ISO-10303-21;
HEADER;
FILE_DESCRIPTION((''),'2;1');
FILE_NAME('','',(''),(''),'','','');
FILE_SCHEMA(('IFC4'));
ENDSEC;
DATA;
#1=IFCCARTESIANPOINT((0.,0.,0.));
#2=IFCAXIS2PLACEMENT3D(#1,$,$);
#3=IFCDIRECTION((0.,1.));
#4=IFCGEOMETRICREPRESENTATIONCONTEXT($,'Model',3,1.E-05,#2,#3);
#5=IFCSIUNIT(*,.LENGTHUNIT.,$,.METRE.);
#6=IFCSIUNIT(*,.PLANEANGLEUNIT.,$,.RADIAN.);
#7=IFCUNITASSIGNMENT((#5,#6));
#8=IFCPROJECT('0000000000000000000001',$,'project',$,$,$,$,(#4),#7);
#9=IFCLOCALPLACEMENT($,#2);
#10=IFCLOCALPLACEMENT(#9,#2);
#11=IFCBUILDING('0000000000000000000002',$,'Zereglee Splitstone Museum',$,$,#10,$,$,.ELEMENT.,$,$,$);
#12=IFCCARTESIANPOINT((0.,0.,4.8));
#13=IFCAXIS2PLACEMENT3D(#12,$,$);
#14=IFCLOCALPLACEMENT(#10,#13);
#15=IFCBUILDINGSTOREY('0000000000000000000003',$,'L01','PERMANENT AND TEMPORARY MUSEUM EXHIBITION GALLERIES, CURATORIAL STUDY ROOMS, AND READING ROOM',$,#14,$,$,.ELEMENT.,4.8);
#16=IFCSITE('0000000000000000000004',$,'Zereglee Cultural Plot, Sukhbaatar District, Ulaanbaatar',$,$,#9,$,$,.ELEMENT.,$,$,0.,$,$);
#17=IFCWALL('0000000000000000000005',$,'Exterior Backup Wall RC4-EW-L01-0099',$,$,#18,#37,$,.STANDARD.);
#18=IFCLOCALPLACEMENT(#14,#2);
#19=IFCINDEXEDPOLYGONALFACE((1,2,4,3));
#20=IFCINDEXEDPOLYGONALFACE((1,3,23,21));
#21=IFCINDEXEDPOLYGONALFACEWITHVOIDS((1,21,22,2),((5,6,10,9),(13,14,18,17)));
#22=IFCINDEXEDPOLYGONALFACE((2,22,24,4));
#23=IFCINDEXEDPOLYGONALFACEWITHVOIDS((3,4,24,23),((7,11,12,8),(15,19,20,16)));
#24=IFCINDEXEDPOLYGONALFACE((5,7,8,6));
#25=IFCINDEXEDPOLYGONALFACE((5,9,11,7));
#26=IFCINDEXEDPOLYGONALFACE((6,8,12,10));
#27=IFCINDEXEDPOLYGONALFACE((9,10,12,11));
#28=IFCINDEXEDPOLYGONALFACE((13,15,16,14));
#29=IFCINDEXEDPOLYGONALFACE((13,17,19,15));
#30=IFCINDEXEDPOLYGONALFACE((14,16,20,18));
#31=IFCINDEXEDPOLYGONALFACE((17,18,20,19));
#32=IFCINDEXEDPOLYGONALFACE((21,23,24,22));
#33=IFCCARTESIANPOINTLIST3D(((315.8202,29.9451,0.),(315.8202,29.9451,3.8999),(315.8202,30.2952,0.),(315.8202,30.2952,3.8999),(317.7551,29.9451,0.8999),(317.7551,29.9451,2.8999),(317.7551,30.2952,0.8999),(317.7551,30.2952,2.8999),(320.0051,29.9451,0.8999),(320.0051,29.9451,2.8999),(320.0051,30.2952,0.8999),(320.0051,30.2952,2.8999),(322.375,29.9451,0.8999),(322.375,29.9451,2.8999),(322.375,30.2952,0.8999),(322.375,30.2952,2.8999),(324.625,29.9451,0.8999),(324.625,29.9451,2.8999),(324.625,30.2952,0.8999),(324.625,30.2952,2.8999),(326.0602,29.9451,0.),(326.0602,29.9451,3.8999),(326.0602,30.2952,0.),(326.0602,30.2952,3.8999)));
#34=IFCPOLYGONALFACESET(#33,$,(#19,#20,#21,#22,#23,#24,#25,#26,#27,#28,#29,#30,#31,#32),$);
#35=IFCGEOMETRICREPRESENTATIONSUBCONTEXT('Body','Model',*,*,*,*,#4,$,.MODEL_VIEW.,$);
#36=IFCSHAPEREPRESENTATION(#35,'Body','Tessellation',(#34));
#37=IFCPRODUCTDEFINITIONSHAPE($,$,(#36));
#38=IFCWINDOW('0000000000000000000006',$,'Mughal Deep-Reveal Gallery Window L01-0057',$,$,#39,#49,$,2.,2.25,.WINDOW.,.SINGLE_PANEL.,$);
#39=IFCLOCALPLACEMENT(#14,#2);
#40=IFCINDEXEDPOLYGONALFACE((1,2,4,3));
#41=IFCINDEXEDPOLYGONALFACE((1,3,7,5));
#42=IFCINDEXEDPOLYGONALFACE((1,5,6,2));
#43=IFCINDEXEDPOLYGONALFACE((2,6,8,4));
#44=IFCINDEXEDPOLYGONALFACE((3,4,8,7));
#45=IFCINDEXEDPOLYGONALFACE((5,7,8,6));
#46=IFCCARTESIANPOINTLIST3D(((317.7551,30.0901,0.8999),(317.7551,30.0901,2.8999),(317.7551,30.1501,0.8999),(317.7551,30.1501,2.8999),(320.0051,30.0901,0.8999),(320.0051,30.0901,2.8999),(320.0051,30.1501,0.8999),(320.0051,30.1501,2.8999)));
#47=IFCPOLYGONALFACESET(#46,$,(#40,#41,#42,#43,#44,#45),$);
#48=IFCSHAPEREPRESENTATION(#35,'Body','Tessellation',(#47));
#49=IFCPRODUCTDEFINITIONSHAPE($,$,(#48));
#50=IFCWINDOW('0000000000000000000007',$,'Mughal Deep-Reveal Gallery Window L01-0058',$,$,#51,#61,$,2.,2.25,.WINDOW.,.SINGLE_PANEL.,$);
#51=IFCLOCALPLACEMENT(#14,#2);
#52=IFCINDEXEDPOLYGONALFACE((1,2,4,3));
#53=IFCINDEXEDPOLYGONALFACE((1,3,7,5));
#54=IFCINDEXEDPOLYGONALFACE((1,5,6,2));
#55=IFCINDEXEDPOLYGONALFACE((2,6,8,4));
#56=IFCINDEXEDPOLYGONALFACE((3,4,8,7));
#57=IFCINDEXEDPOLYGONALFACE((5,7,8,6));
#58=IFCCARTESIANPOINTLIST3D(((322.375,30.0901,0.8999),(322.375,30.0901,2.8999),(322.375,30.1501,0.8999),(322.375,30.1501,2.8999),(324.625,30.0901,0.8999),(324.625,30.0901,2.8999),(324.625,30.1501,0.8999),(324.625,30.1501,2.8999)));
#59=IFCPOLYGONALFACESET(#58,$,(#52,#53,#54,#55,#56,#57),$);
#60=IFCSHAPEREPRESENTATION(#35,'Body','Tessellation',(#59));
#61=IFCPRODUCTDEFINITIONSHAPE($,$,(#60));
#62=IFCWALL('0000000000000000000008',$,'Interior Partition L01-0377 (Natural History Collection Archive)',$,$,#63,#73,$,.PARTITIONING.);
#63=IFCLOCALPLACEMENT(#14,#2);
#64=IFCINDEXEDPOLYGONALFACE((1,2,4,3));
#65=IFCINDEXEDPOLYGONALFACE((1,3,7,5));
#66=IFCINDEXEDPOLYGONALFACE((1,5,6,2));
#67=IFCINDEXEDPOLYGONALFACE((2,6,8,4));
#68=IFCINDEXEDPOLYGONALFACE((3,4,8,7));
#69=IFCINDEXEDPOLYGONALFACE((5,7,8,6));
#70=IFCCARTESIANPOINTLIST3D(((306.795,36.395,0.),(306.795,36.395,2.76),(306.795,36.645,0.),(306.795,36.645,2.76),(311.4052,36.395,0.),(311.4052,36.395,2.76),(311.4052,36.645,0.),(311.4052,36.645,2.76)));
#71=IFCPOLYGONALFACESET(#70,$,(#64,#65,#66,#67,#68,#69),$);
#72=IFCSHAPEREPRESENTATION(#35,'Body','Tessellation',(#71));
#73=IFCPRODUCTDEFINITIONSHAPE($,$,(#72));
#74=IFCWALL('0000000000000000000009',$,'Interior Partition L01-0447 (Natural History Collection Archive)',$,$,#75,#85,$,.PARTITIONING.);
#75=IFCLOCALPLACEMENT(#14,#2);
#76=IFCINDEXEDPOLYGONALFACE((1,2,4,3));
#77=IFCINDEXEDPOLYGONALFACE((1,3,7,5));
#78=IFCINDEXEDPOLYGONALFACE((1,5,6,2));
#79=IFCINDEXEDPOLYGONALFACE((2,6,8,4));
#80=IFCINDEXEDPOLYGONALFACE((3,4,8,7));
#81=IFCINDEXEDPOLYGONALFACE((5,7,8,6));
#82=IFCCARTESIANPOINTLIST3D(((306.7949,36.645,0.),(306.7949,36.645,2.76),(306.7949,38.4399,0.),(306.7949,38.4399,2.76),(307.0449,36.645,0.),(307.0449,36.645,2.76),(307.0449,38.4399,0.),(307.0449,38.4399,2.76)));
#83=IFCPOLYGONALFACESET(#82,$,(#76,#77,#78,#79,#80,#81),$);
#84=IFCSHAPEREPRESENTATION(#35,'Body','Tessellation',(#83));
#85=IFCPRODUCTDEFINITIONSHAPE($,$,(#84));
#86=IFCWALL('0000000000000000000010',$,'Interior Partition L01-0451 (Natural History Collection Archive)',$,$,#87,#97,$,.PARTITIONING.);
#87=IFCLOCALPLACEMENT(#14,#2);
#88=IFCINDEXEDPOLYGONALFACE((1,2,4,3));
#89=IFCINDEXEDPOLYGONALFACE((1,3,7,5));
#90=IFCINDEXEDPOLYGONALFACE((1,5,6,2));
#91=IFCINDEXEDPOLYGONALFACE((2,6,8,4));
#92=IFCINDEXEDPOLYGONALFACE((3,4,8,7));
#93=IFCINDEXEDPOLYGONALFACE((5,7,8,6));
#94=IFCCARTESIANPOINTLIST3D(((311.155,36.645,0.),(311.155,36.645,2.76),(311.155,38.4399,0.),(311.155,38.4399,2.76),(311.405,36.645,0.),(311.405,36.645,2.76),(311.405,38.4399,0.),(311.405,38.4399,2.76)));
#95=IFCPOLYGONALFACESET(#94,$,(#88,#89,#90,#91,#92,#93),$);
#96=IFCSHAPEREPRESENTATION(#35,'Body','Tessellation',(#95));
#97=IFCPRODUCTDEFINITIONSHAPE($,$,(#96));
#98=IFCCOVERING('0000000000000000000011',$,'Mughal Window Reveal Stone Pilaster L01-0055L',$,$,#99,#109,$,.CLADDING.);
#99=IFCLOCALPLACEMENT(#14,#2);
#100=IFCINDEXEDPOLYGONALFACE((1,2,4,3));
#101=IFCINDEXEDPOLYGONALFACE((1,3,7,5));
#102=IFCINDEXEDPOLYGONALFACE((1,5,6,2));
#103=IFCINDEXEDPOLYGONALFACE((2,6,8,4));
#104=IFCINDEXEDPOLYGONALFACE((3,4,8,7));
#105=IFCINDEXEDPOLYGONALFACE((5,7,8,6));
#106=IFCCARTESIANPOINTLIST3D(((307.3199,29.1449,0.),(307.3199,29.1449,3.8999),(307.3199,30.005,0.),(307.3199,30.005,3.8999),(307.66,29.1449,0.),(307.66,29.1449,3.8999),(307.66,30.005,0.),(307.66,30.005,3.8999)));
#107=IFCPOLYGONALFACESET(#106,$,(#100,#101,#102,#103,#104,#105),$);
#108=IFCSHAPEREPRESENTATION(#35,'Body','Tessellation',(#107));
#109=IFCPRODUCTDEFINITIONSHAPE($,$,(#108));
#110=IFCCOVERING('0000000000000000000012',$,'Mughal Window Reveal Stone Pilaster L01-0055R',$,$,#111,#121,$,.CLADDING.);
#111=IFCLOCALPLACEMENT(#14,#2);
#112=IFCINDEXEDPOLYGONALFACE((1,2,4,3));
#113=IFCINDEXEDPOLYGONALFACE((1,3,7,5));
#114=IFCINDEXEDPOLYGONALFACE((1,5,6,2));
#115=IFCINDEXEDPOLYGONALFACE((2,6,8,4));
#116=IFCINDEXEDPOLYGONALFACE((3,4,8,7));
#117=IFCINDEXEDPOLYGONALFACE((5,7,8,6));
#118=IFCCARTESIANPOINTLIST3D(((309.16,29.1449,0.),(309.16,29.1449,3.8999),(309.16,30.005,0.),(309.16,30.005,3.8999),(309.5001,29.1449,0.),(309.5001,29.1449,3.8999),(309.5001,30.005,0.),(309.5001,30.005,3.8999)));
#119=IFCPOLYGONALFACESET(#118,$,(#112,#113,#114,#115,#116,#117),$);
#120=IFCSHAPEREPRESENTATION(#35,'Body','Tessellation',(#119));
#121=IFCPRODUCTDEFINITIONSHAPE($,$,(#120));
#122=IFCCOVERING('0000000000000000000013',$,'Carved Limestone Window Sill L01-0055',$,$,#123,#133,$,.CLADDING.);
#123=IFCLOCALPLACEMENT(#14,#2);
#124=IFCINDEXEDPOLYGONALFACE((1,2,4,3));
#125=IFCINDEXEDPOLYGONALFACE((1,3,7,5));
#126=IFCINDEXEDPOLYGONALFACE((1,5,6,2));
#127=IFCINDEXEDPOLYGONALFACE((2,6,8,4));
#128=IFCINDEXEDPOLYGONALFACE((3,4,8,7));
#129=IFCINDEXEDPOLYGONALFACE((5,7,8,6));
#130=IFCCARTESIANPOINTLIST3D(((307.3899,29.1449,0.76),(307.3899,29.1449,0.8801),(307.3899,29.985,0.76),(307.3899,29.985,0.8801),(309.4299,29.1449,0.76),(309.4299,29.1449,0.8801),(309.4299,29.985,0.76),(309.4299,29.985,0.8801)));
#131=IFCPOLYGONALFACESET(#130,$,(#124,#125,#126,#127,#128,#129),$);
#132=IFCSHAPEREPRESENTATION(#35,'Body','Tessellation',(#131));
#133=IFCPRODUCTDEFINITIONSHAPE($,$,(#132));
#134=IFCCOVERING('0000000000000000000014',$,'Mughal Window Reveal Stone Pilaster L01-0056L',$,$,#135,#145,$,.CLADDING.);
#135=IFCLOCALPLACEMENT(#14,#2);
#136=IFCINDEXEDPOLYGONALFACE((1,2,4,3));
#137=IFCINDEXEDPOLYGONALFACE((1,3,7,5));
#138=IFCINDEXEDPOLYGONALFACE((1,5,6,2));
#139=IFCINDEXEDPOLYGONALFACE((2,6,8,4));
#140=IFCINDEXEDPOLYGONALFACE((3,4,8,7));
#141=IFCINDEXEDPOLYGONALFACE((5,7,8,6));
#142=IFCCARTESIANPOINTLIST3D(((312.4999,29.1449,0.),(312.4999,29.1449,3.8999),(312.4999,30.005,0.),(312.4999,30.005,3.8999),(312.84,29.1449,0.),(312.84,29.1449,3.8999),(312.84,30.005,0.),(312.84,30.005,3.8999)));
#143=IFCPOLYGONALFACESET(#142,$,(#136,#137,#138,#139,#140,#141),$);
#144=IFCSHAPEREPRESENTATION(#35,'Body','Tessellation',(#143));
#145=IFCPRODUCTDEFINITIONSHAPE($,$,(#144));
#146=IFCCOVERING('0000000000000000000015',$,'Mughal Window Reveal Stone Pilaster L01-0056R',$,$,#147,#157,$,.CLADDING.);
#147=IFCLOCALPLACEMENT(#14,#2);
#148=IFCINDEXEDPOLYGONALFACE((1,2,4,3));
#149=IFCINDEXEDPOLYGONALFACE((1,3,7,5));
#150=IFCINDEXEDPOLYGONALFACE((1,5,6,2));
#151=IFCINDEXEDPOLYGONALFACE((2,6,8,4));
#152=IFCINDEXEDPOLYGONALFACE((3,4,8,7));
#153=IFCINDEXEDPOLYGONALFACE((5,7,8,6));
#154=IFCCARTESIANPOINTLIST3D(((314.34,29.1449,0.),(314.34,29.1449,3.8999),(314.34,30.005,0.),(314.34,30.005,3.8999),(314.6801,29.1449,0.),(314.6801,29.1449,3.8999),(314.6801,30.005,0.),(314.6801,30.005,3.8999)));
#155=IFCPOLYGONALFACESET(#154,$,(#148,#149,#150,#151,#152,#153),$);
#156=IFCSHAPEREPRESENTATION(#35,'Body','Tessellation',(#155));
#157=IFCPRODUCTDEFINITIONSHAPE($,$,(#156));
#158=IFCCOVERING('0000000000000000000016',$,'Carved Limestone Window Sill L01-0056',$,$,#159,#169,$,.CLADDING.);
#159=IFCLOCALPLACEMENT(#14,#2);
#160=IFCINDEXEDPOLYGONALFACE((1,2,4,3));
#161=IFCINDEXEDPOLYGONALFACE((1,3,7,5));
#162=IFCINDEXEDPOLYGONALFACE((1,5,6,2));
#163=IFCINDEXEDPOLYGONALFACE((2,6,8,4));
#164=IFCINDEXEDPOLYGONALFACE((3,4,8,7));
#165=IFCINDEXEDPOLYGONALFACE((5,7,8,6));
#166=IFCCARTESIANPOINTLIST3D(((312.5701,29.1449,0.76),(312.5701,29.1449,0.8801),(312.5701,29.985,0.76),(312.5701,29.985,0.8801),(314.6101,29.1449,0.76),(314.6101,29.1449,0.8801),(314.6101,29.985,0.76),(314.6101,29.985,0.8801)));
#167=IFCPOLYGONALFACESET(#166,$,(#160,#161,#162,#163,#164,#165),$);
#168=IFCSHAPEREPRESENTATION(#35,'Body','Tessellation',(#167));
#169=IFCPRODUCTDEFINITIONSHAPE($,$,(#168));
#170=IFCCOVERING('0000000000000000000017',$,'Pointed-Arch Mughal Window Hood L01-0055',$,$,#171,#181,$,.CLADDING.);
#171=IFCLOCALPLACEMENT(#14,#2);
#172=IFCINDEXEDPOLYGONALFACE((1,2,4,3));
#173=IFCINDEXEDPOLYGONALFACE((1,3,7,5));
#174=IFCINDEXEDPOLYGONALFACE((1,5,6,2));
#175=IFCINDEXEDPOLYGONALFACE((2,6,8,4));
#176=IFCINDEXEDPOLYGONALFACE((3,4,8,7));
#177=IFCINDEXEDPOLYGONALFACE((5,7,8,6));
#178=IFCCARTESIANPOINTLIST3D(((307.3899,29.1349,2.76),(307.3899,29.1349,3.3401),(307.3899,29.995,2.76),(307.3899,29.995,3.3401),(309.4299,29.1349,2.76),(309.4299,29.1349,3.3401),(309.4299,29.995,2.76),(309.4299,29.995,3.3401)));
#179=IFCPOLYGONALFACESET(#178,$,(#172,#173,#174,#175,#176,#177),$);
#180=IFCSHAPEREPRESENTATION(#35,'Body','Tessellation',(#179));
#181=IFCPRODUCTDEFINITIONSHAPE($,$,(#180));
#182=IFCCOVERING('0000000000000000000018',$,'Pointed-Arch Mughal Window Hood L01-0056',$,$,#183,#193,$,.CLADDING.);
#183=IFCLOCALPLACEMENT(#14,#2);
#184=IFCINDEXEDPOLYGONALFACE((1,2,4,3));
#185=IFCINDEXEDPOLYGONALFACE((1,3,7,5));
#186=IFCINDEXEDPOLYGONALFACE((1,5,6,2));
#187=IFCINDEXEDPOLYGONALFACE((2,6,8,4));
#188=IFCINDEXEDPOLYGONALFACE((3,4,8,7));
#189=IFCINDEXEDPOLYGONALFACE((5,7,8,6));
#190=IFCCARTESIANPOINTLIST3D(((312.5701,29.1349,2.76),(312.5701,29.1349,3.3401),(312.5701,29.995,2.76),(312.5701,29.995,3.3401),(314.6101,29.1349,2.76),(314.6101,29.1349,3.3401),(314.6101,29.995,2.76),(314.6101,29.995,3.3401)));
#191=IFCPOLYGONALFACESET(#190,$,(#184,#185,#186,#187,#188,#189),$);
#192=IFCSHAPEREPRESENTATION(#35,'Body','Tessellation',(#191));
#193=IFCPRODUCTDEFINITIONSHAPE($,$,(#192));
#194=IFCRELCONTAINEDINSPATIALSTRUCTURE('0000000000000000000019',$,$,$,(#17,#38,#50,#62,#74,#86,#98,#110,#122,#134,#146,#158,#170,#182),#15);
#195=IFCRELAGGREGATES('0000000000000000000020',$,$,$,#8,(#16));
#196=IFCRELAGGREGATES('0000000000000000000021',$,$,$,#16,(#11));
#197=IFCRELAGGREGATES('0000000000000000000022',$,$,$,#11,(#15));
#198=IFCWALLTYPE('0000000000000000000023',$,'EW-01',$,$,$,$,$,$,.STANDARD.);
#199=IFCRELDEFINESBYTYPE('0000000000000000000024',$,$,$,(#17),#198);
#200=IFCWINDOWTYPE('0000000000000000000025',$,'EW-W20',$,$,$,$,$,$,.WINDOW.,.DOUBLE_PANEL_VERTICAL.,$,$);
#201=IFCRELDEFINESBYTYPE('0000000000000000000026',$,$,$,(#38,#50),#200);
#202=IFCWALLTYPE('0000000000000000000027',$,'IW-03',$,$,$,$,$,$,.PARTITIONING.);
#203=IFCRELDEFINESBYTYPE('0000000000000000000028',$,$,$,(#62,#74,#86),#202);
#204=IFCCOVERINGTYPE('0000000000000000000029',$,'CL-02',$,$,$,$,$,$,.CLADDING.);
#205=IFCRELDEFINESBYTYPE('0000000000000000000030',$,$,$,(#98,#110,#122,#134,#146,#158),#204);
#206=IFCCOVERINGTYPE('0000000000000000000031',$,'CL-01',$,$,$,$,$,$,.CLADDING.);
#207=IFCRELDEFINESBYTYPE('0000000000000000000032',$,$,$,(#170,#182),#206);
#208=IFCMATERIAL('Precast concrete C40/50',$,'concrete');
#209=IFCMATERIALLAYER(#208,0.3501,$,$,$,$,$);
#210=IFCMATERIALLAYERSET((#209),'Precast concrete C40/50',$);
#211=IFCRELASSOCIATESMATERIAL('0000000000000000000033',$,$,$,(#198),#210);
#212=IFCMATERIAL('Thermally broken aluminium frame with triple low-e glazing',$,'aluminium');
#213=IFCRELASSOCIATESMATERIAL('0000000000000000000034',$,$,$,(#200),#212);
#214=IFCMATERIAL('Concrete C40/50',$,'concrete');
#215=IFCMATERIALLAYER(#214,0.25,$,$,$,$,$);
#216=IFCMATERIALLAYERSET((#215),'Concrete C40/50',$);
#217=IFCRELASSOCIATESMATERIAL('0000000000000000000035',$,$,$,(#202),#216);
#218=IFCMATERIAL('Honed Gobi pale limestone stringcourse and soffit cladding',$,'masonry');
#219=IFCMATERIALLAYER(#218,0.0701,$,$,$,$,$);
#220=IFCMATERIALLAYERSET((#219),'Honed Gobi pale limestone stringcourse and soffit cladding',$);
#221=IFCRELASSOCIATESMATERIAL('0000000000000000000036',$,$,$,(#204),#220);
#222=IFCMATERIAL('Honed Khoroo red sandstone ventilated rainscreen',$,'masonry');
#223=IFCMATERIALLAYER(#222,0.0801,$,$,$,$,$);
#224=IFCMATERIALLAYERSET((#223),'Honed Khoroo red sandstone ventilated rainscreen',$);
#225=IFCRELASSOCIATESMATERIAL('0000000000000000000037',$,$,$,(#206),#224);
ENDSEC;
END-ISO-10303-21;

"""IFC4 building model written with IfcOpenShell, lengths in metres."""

from ifc_helpers import new_model, si_unit, direction, frame, frame_2d, origin, origin_2d, place, context, subcontext, project, spatial, rectangle, extrude, material, layer, layer_set, type_object, element, fill, save


model = new_model("IFC4")

# Units and contexts
model_context = context("Model", 3, precision=1e-05, world=origin(), true_north=direction((0.0, 1.0)))
body_context = subcontext(model_context, "Body", "Model", "MODEL_VIEW")
ifc_project = project(units=[si_unit("LENGTHUNIT", "METRE"), si_unit("PLANEANGLEUNIT", "RADIAN")], contexts=[model_context])

# Site, building, storey
site_placement = place(None, origin())
site = spatial("IfcSite", under=ifc_project, at=site_placement, Name="Zereglee Cultural Plot, Sukhbaatar District, Ulaanbaatar", CompositionType="ELEMENT", RefElevation=0.0)
building_placement = place(site_placement, origin())
building = spatial("IfcBuilding", under=site, at=building_placement, Name="Zereglee Splitstone Museum", CompositionType="ELEMENT")
storey_placement = place(building_placement, frame((0.0, 0.0, 4.8)))
storey = spatial("IfcBuildingStorey", under=building, at=storey_placement, Name="L01", Description="PERMANENT AND TEMPORARY MUSEUM EXHIBITION GALLERIES, CURATORIAL STUDY ROOMS, AND READING ROOM", CompositionType="ELEMENT", Elevation=4.8)

# Wall, openings, windows
ifc_material_1 = material(Name="Precast concrete C40/50", Category="concrete")
ifc_layer_1 = layer(ifc_material_1, 0.3501)
ifc_layer_set_1 = layer_set([ifc_layer_1], Name="Precast concrete C40/50")
wall_type_1 = type_object("IfcWallType", Name="EW-01", PredefinedType="STANDARD", material=ifc_layer_set_1)
wall_1_placement = place(storey_placement, frame((315.8201, 30.1201, 0.0), z_axis=(0.0, 0.0, 1.0), x_axis=(1.0, 0.0, 0.0)))
wall_1 = element("IfcWall", 1, at=wall_1_placement, inside=storey, type_object=wall_type_1, Name="Exterior Backup Wall RC4-EW-L01-0099", PredefinedType="STANDARD", context=body_context, shape_type="SweptSolid", body=[
    extrude(rectangle(XDim=10.24, YDim=0.3501, at=frame_2d((5.1201, 0.0))), origin(), (0.0, 0.0, 1.0), 3.8999),
])
opening_1_placement = place(wall_1_placement, frame((1.9351, 0.0, 0.8999)))
opening_1 = element("IfcOpeningElement", 2, at=opening_1_placement, cuts=wall_1, PredefinedType="OPENING", context=body_context, shape_type="SweptSolid", body=[
    extrude(rectangle(XDim=2.25, YDim=2.0, at=frame_2d((1.125, 1.0))), frame((0.0, 0.1899, 0.0), z_axis=(0.0, -1.0, 0.0), x_axis=(1.0, 0.0, 0.0)), (0.0, 0.0, 1.0), 0.3799),
])
opening_2_placement = place(wall_1_placement, frame((6.5549, 0.0, 0.8999)))
opening_2 = element("IfcOpeningElement", 3, at=opening_2_placement, cuts=wall_1, PredefinedType="OPENING", context=body_context, shape_type="SweptSolid", body=[
    extrude(rectangle(XDim=2.25, YDim=2.0, at=frame_2d((1.125, 1.0))), frame((0.0, 0.1899, 0.0), z_axis=(0.0, -1.0, 0.0), x_axis=(1.0, 0.0, 0.0)), (0.0, 0.0, 1.0), 0.3799),
])
ifc_material_2 = material(Name="Thermally broken aluminium frame with triple low-e glazing", Category="aluminium")
window_type = type_object("IfcWindowType", Name="EW-W20", PartitioningType="DOUBLE_PANEL_VERTICAL", PredefinedType="WINDOW", material=ifc_material_2)
window_1_placement = place(opening_1_placement, origin())
window_1 = element("IfcWindow", 4, at=window_1_placement, inside=storey, type_object=window_type, Name="Mughal Deep-Reveal Gallery Window L01-0057", OverallHeight=2.0, OverallWidth=2.25, PartitioningType="SINGLE_PANEL", PredefinedType="WINDOW", context=body_context, shape_type="SweptSolid", body=[
    extrude(rectangle(XDim=2.25, YDim=2.0, at=frame_2d((1.125, 1.0))), frame((0.0, 0.03, 0.0), z_axis=(0.0, -1.0, 0.0), x_axis=(1.0, 0.0, 0.0)), (0.0, 0.0, 1.0), 0.0601),
])
fill(opening_1, window_1)
window_2_placement = place(opening_2_placement, origin())
window_2 = element("IfcWindow", 5, at=window_2_placement, inside=storey, type_object=window_type, Name="Mughal Deep-Reveal Gallery Window L01-0058", OverallHeight=2.0, OverallWidth=2.25, PartitioningType="SINGLE_PANEL", PredefinedType="WINDOW", context=body_context, shape_type="SweptSolid", body=[
    extrude(rectangle(XDim=2.25, YDim=2.0, at=frame_2d((1.125, 1.0))), frame((0.0, 0.03, 0.0), z_axis=(0.0, -1.0, 0.0), x_axis=(1.0, 0.0, 0.0)), (0.0, 0.0, 1.0), 0.0601),
])
fill(opening_2, window_2)

# Walls
ifc_material_3 = material(Name="Concrete C40/50", Category="concrete")
ifc_layer_2 = layer(ifc_material_3, 0.25)
ifc_layer_set_2 = layer_set([ifc_layer_2], Name="Concrete C40/50")
wall_type_2 = type_object("IfcWallType", Name="IW-03", PredefinedType="PARTITIONING", material=ifc_layer_set_2)
wall_2_placement = place(storey_placement, frame((306.7949, 36.52, 0.0), z_axis=(0.0, 0.0, 1.0), x_axis=(1.0, 0.0, 0.0)))
element("IfcWall", 6, at=wall_2_placement, inside=storey, type_object=wall_type_2, Name="Interior Partition L01-0377 (Natural History Collection Archive)", PredefinedType="PARTITIONING", context=body_context, shape_type="SweptSolid", body=[
    extrude(rectangle(XDim=4.6101, YDim=0.25, at=frame_2d((2.3052, 0.0))), origin(), (0.0, 0.0, 1.0), 2.76),
])
for number, where, z_axis, x_axis, name in (
    (7, (306.9199, 36.645, 0.0), (0.0, 0.0, 1.0), (0.0, 1.0, 0.0), "Interior Partition L01-0447 (Natural History Collection Archive)"),
    (8, (311.28, 36.645, 0.0), (0.0, 0.0, 1.0), (0.0, 1.0, 0.0), "Interior Partition L01-0451 (Natural History Collection Archive)"),
):
    element("IfcWall", number, at=place(storey_placement, frame(where, z_axis=z_axis, x_axis=x_axis)), inside=storey, type_object=wall_type_2, Name=name, PredefinedType="PARTITIONING", context=body_context, shape_type="SweptSolid", body=[
        extrude(rectangle(XDim=1.7949, YDim=0.25, at=frame_2d((0.8975, 0.0))), origin(), (0.0, 0.0, 1.0), 2.76),
    ])

# Coverings
ifc_material_4 = material(Name="Honed Gobi pale limestone stringcourse and soffit cladding", Category="masonry")
ifc_layer_3 = layer(ifc_material_4, 0.0701)
ifc_layer_set_3 = layer_set([ifc_layer_3], Name="Honed Gobi pale limestone stringcourse and soffit cladding")
covering_type_1 = type_object("IfcCoveringType", Name="CL-02", PredefinedType="CLADDING", material=ifc_layer_set_3)
for number, where, z_axis, x_axis, name in (
    (9, (307.49, 29.575, 0.0), (0.0, 0.0, 1.0), (1.0, 0.0, 0.0), "Mughal Window Reveal Stone Pilaster L01-0055L"),
    (10, (309.3301, 29.575, 0.0), (0.0, 0.0, 1.0), (1.0, 0.0, 0.0), "Mughal Window Reveal Stone Pilaster L01-0055R"),
):
    element("IfcCovering", number, at=place(storey_placement, frame(where, z_axis=z_axis, x_axis=x_axis)), inside=storey, type_object=covering_type_1, Name=name, PredefinedType="CLADDING", context=body_context, shape_type="SweptSolid", body=[
        extrude(rectangle(XDim=0.3401, YDim=0.8601, at=origin_2d()), origin(), (0.0, 0.0, 1.0), 3.8999),
    ])
covering_1_placement = place(storey_placement, frame((308.4099, 29.5649, 0.76), z_axis=(0.0, 0.0, 1.0), x_axis=(1.0, 0.0, 0.0)))
element("IfcCovering", 11, at=covering_1_placement, inside=storey, type_object=covering_type_1, Name="Carved Limestone Window Sill L01-0055", PredefinedType="CLADDING", context=body_context, shape_type="SweptSolid", body=[
    extrude(rectangle(XDim=2.04, YDim=0.8401, at=origin_2d()), origin(), (0.0, 0.0, 1.0), 0.1201),
])
for number, where, z_axis, x_axis, name in (
    (12, (312.6699, 29.575, 0.0), (0.0, 0.0, 1.0), (1.0, 0.0, 0.0), "Mughal Window Reveal Stone Pilaster L01-0056L"),
    (13, (314.51, 29.575, 0.0), (0.0, 0.0, 1.0), (1.0, 0.0, 0.0), "Mughal Window Reveal Stone Pilaster L01-0056R"),
):
    element("IfcCovering", number, at=place(storey_placement, frame(where, z_axis=z_axis, x_axis=x_axis)), inside=storey, type_object=covering_type_1, Name=name, PredefinedType="CLADDING", context=body_context, shape_type="SweptSolid", body=[
        extrude(rectangle(XDim=0.3401, YDim=0.8601, at=origin_2d()), origin(), (0.0, 0.0, 1.0), 3.8999),
    ])
covering_2_placement = place(storey_placement, frame((313.5901, 29.5649, 0.76), z_axis=(0.0, 0.0, 1.0), x_axis=(1.0, 0.0, 0.0)))
element("IfcCovering", 14, at=covering_2_placement, inside=storey, type_object=covering_type_1, Name="Carved Limestone Window Sill L01-0056", PredefinedType="CLADDING", context=body_context, shape_type="SweptSolid", body=[
    extrude(rectangle(XDim=2.04, YDim=0.8401, at=origin_2d()), origin(), (0.0, 0.0, 1.0), 0.1201),
])
ifc_material_5 = material(Name="Honed Khoroo red sandstone ventilated rainscreen", Category="masonry")
ifc_layer_4 = layer(ifc_material_5, 0.0801)
ifc_layer_set_4 = layer_set([ifc_layer_4], Name="Honed Khoroo red sandstone ventilated rainscreen")
covering_type_2 = type_object("IfcCoveringType", Name="CL-01", PredefinedType="CLADDING", material=ifc_layer_set_4)
for number, where, z_axis, x_axis, name in (
    (15, (308.4099, 29.5649, 2.76), (0.0, 0.0, 1.0), (1.0, 0.0, 0.0), "Pointed-Arch Mughal Window Hood L01-0055"),
    (16, (313.5901, 29.5649, 2.76), (0.0, 0.0, 1.0), (1.0, 0.0, 0.0), "Pointed-Arch Mughal Window Hood L01-0056"),
):
    element("IfcCovering", number, at=place(storey_placement, frame(where, z_axis=z_axis, x_axis=x_axis)), inside=storey, type_object=covering_type_2, Name=name, PredefinedType="CLADDING", context=body_context, shape_type="SweptSolid", body=[
        extrude(rectangle(XDim=2.04, YDim=0.8601, at=origin_2d()), origin(), (0.0, 0.0, 1.0), 0.5801),
    ])

save(model, "model.ifc")
